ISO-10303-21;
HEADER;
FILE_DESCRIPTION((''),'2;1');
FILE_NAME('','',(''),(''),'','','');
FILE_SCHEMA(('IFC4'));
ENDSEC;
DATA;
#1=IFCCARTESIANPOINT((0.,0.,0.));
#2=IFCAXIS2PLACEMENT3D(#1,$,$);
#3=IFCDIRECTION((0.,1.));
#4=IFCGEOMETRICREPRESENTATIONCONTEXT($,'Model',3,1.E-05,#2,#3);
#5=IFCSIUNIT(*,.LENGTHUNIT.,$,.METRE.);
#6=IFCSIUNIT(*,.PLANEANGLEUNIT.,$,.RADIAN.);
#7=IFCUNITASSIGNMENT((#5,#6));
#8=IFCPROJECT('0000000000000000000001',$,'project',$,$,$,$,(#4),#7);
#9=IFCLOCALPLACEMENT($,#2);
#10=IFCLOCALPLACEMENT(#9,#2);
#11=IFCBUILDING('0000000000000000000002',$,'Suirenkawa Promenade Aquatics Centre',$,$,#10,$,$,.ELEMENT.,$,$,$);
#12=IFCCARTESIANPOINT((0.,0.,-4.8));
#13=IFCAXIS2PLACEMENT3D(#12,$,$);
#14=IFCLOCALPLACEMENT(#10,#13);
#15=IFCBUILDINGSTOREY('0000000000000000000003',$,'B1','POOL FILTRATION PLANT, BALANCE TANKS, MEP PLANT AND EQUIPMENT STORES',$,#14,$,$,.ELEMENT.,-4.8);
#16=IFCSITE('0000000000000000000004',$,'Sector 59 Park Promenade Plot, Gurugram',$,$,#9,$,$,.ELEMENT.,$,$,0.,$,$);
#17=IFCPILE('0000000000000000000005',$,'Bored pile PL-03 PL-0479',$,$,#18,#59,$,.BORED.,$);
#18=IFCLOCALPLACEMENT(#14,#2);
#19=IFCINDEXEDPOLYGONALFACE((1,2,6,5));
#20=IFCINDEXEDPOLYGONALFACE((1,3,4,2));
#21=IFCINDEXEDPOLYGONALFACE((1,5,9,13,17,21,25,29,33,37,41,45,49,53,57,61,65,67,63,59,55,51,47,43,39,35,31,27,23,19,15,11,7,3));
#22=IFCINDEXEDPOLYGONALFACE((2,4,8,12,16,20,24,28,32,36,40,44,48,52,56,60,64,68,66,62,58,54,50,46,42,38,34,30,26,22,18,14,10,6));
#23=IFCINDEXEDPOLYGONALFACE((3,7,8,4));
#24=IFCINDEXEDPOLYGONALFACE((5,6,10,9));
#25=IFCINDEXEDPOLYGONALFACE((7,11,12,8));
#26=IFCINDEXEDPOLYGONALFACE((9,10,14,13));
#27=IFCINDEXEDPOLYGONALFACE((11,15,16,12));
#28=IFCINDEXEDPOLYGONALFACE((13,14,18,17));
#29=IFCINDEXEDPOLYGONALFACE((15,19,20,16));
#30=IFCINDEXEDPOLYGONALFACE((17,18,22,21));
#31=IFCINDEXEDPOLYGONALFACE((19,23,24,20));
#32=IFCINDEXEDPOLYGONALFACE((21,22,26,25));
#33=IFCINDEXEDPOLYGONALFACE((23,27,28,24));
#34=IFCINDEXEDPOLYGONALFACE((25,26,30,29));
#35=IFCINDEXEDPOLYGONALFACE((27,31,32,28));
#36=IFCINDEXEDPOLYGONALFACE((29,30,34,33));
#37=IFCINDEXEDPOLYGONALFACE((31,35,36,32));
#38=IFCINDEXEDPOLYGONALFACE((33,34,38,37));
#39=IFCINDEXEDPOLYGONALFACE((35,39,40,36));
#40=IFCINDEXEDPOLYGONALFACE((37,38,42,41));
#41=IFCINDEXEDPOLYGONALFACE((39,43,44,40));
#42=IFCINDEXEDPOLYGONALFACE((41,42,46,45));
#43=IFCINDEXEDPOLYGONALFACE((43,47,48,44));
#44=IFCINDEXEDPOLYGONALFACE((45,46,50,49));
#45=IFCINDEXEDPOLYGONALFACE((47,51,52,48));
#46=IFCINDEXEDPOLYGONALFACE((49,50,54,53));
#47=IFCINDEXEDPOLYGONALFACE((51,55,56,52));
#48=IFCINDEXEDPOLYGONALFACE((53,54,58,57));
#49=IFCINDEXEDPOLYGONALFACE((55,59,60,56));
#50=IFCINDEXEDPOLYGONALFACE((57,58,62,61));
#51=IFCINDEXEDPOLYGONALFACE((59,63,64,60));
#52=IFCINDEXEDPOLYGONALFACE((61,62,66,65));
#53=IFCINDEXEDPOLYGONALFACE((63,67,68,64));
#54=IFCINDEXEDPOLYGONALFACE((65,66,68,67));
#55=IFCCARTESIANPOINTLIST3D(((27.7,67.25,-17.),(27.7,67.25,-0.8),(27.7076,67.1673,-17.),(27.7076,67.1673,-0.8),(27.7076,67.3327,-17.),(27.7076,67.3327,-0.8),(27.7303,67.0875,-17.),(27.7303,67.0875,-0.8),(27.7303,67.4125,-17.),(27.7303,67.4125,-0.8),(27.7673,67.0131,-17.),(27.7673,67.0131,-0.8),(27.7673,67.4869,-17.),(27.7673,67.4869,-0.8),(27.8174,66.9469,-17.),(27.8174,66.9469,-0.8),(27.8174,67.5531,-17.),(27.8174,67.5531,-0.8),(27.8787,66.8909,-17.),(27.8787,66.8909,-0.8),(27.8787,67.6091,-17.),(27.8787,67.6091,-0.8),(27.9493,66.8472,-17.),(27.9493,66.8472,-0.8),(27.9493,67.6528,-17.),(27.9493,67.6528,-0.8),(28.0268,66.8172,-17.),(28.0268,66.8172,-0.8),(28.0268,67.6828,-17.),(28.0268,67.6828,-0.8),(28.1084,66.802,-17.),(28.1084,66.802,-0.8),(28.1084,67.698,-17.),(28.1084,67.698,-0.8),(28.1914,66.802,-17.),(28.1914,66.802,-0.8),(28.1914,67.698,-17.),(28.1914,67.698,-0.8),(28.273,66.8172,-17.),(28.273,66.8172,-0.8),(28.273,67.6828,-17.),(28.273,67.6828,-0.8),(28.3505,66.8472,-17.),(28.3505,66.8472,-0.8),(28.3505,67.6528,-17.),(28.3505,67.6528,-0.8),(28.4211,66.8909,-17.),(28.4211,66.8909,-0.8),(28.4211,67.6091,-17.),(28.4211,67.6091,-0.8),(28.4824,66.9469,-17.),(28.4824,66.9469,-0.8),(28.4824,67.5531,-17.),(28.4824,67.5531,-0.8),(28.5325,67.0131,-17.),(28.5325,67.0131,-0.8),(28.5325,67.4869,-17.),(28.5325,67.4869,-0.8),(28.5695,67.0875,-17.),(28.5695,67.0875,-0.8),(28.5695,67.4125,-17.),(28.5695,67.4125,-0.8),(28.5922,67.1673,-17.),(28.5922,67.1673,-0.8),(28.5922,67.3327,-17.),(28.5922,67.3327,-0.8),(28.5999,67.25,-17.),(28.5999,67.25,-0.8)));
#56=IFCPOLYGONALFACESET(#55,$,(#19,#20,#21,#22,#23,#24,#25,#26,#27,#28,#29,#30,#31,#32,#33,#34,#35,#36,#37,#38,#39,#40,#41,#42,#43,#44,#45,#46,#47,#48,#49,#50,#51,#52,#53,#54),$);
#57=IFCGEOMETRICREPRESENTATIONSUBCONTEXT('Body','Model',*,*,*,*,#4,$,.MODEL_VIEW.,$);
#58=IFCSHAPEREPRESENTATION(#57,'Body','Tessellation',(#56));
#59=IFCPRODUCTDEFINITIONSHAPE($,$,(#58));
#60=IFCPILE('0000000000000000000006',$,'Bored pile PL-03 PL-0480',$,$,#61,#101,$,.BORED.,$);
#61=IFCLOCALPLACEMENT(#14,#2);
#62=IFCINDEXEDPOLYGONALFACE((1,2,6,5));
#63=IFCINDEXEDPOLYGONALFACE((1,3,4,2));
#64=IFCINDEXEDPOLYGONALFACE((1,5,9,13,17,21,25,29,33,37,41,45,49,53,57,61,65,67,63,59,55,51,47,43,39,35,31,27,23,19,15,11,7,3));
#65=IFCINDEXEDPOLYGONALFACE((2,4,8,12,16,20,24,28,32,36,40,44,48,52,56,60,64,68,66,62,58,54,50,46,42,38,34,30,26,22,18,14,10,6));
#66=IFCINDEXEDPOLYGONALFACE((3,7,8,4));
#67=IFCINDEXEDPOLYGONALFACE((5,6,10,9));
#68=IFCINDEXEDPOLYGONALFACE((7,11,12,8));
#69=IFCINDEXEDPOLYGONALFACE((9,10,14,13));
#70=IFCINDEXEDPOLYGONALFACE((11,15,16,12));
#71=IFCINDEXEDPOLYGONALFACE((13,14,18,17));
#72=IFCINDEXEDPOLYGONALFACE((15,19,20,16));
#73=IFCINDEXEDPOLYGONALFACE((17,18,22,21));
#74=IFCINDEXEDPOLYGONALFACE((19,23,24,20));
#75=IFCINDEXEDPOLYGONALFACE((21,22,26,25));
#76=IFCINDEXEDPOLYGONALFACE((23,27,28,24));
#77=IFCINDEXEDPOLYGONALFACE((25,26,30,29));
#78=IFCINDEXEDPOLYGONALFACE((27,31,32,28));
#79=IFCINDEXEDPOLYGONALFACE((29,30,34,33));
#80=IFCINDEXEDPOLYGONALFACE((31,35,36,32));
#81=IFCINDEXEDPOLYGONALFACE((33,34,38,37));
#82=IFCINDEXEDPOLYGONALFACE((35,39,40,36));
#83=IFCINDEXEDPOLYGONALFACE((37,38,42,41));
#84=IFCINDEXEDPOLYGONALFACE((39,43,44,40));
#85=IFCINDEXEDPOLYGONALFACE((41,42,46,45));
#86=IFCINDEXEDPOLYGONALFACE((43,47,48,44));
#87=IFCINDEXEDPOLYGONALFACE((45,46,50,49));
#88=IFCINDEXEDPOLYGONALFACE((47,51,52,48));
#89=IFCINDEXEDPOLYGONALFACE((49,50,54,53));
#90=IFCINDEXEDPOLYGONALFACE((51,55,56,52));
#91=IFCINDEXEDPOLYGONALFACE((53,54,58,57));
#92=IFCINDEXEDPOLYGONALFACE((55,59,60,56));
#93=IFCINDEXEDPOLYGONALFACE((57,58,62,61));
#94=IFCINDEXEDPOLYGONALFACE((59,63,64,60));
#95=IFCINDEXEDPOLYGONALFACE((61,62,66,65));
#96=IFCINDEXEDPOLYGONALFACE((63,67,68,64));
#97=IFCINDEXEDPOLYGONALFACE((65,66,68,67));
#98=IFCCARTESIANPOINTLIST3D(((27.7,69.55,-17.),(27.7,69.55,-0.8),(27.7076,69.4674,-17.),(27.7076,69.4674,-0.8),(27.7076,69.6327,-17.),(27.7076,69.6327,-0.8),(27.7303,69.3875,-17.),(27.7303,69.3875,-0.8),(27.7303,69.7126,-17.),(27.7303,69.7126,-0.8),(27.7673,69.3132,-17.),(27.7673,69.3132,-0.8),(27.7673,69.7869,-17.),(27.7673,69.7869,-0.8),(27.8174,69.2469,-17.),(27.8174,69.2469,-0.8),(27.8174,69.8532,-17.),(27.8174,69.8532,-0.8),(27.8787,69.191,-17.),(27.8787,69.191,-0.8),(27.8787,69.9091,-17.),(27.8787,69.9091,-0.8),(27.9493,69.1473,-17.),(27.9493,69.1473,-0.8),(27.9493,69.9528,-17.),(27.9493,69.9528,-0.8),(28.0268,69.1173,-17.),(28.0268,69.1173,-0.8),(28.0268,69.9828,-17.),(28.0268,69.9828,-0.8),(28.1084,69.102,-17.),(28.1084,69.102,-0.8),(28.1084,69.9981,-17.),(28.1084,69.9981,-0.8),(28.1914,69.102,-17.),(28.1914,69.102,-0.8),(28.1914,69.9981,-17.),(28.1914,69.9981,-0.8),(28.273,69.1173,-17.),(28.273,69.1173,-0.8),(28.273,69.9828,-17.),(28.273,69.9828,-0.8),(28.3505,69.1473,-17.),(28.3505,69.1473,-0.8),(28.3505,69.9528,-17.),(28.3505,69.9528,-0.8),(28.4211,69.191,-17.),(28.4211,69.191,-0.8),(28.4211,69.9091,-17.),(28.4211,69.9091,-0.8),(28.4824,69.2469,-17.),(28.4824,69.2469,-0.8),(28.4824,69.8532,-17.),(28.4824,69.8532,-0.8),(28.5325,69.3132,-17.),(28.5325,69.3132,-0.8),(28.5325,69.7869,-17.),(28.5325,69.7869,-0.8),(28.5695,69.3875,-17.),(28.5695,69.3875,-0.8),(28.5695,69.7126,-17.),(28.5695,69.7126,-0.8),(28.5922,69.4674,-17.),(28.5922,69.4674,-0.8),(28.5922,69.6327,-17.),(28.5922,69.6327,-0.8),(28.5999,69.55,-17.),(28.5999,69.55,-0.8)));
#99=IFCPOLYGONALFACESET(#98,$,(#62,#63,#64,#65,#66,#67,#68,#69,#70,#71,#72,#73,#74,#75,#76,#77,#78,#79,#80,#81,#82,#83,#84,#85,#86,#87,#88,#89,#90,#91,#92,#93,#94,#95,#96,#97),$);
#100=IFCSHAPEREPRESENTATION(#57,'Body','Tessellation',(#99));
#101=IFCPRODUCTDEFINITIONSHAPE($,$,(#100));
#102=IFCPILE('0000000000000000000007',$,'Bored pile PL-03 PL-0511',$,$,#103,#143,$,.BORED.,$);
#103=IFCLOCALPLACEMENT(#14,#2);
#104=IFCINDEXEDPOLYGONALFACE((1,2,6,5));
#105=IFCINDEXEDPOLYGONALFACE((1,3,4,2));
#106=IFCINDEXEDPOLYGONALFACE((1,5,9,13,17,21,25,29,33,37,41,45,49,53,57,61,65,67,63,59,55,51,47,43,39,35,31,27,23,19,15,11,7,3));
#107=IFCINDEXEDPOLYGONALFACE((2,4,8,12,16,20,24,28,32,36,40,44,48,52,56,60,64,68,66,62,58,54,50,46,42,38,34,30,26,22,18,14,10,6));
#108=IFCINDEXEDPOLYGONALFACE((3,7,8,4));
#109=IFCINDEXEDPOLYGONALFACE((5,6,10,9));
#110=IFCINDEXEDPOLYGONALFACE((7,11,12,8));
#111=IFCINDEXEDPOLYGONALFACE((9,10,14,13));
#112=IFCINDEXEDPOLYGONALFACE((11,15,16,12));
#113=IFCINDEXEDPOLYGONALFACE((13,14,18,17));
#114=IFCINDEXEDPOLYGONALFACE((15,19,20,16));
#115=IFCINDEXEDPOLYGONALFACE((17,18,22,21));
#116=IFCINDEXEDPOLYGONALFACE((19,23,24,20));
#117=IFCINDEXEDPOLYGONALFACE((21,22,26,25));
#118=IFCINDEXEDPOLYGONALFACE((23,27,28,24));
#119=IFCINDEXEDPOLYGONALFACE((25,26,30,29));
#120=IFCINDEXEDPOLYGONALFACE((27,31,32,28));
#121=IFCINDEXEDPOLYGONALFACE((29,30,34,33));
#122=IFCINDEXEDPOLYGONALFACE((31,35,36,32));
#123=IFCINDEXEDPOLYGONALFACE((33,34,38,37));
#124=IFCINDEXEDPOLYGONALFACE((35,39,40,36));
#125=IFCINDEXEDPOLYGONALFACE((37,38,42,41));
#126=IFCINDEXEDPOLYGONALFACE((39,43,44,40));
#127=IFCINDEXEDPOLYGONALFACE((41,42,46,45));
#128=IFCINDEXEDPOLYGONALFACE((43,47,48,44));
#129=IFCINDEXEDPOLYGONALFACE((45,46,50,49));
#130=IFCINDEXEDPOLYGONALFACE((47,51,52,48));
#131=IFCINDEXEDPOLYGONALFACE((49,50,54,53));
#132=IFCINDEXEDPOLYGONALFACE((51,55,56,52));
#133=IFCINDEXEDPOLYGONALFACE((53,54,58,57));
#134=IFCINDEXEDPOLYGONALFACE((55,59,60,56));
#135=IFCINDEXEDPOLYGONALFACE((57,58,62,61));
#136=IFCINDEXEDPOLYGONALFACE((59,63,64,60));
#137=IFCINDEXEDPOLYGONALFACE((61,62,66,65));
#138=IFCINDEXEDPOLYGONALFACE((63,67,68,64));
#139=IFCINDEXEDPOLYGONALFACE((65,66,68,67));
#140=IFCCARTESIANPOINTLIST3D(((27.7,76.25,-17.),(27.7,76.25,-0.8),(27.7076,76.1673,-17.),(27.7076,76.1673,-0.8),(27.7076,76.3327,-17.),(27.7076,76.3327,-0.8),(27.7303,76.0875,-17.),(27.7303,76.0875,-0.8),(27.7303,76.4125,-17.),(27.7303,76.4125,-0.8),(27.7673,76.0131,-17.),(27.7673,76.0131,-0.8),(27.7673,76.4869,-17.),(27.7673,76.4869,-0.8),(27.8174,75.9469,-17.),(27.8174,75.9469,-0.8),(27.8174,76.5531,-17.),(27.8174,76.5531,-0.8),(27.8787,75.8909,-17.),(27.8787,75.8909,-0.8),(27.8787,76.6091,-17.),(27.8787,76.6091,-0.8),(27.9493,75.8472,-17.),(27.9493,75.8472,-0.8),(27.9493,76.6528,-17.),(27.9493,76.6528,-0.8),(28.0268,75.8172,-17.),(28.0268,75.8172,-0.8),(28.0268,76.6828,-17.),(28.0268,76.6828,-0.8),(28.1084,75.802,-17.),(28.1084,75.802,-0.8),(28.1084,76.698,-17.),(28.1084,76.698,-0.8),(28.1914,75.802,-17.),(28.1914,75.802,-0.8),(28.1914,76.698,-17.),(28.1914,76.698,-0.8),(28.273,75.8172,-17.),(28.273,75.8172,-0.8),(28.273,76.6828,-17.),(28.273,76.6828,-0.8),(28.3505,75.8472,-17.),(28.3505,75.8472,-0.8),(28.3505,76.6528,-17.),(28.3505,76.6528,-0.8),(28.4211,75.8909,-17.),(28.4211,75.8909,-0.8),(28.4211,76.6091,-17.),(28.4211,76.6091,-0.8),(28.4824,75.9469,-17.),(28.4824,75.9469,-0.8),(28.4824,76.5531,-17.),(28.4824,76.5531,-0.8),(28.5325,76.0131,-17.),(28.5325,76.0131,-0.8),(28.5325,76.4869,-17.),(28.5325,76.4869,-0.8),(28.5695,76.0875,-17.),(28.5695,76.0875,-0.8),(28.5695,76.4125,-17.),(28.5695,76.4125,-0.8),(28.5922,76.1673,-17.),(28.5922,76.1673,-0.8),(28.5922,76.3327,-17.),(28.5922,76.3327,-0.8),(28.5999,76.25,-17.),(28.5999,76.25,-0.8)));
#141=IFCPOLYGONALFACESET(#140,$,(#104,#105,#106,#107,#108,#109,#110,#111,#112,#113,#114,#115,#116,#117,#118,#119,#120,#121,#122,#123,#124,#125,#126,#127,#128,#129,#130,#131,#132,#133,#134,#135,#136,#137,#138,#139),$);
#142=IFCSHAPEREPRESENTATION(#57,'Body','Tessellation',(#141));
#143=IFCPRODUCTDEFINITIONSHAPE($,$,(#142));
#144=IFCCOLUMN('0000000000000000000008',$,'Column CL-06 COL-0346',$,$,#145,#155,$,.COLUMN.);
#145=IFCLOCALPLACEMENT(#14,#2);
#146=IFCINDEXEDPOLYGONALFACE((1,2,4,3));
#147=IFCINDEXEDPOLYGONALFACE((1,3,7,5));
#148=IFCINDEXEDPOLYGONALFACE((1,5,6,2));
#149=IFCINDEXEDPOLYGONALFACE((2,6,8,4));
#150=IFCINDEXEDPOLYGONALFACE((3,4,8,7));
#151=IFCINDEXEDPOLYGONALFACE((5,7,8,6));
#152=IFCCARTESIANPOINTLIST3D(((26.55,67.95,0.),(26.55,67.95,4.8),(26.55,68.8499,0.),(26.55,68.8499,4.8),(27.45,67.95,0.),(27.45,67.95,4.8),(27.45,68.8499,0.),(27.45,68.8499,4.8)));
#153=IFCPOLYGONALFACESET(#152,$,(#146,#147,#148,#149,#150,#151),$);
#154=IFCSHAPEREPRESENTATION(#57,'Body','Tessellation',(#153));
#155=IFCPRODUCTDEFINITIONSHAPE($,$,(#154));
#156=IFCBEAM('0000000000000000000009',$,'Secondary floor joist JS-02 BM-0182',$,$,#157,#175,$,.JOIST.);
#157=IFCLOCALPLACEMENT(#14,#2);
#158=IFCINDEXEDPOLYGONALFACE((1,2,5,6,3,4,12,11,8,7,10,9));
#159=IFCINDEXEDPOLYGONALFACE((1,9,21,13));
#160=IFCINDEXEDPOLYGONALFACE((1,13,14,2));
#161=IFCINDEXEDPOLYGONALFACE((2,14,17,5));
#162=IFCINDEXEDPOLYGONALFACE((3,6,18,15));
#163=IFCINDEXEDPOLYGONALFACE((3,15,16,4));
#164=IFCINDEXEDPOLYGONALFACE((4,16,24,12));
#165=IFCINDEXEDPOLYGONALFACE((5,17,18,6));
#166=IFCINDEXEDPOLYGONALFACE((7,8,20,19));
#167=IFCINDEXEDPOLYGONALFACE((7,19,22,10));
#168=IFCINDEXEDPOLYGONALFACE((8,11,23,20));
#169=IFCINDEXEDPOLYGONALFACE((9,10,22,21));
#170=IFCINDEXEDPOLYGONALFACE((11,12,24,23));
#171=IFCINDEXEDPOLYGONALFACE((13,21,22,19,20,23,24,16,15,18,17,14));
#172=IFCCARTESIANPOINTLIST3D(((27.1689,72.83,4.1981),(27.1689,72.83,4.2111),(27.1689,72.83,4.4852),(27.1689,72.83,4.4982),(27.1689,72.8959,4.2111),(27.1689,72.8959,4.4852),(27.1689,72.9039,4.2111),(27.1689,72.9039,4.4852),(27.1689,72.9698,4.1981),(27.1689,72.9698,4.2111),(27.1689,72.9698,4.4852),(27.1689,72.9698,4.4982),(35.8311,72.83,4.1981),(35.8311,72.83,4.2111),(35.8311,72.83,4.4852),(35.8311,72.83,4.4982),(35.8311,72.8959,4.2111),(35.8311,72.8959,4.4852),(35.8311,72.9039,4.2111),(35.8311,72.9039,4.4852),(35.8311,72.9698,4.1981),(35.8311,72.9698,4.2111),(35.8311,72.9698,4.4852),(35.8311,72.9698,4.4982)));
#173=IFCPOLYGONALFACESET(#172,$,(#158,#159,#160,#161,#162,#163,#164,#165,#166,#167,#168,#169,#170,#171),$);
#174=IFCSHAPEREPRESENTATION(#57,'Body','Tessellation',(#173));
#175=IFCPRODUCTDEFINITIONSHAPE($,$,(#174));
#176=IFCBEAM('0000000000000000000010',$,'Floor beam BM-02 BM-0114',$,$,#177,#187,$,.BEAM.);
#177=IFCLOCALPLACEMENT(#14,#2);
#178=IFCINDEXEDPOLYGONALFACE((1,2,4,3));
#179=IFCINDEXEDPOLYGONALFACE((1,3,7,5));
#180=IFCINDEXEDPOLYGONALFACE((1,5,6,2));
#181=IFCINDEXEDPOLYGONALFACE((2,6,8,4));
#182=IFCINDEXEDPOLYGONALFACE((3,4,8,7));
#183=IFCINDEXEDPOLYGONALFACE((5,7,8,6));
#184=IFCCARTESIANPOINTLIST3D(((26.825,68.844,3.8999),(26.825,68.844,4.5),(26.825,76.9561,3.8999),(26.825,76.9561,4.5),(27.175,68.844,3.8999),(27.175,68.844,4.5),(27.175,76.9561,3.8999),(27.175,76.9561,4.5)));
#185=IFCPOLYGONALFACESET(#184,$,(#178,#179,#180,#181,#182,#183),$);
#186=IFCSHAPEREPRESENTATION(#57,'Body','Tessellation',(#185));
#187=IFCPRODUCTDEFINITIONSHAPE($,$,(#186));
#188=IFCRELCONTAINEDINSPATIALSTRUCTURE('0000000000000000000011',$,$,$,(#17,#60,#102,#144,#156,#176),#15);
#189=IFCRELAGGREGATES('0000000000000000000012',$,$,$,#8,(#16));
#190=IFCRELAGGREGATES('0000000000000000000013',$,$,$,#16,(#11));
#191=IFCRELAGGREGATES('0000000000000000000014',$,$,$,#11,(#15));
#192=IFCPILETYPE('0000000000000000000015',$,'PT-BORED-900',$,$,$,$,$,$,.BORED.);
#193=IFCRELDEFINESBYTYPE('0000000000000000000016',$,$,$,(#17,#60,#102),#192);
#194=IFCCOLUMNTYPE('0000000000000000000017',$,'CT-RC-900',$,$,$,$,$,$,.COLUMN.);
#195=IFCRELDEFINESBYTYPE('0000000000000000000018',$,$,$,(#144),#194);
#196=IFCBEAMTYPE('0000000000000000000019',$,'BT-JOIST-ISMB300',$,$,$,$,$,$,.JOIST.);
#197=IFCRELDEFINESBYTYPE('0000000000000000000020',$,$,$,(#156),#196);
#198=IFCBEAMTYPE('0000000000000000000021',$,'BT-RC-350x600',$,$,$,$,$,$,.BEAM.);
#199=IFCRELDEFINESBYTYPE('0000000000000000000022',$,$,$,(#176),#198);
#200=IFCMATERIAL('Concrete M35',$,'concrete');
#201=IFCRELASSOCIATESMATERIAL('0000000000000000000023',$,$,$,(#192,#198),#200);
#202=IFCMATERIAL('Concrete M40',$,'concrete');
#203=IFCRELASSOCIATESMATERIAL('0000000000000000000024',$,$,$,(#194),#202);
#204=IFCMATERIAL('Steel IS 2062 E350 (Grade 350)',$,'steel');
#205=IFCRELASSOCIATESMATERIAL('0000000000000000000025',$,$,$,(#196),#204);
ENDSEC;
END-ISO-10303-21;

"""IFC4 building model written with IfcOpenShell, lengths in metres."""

from ifc_helpers import new_model, si_unit, direction, frame, origin, origin_2d, place, context, subcontext, project, spatial, rectangle, circle, i_section, extrude, material, material_profile, profile_set, type_object, element, save


model = new_model("IFC4")

# Units and contexts
model_context = context("Model", 3, precision=1e-05, world=origin(), true_north=direction((0.0, 1.0)))
body_context = subcontext(model_context, "Body", "Model", "MODEL_VIEW")
ifc_project = project(units=[si_unit("LENGTHUNIT", "METRE"), si_unit("PLANEANGLEUNIT", "RADIAN")], contexts=[model_context])

# Site, building, storey
site_placement = place(None, origin())
site = spatial("IfcSite", under=ifc_project, at=site_placement, Name="Sector 59 Park Promenade Plot, Gurugram", CompositionType="ELEMENT", RefElevation=0.0)
building_placement = place(site_placement, origin())
building = spatial("IfcBuilding", under=site, at=building_placement, Name="Suirenkawa Promenade Aquatics Centre", CompositionType="ELEMENT")
storey_placement = place(building_placement, frame((0.0, 0.0, -4.8)))
storey = spatial("IfcBuildingStorey", under=building, at=storey_placement, Name="B1", Description="POOL FILTRATION PLANT, BALANCE TANKS, MEP PLANT AND EQUIPMENT STORES", CompositionType="ELEMENT", Elevation=-4.8)

# Shared definitions
ifc_material_1 = material(Name="Concrete M35", Category="concrete")

# Piles
ifc_material_profile_1 = material_profile(ifc_material_1, circle(Radius=0.45, at=origin_2d()), Name="PILE D900", Category="concrete")
ifc_profile_set_1 = profile_set([ifc_material_profile_1], Name="Concrete M35")
pile_type_1 = type_object("IfcPileType", Name="PT-BORED-900", PredefinedType="BORED", material=ifc_profile_set_1)
for number, where, z_axis, x_axis, name in (
    (1, (28.1499, 67.25, -0.8), (0.0, 0.0, -1.0), (1.0, 0.0, 0.0), "Bored pile PL-03 PL-0479"),
    (2, (28.1499, 69.55, -0.8), (0.0, 0.0, -1.0), (1.0, 0.0, 0.0), "Bored pile PL-03 PL-0480"),
    (3, (28.1499, 76.25, -0.8), (0.0, 0.0, -1.0), (1.0, 0.0, 0.0), "Bored pile PL-03 PL-0511"),
):
    element("IfcPile", number, at=place(storey_placement, frame(where, z_axis=z_axis, x_axis=x_axis)), inside=storey, type_object=pile_type_1, Name=name, PredefinedType="BORED", context=body_context, shape_type="SweptSolid", body=[
        extrude(circle(Radius=0.45, at=origin_2d()), origin(), (0.0, 0.0, 1.0), 16.2),
    ])

# Column
ifc_material_2 = material(Name="Concrete M40", Category="concrete")
ifc_material_profile_2 = material_profile(ifc_material_2, rectangle(XDim=0.8999, YDim=0.8999, at=origin_2d()), Name="RC COL 900x900", Category="concrete")
ifc_profile_set_2 = profile_set([ifc_material_profile_2], Name="Concrete M40")
column_type = type_object("IfcColumnType", Name="CT-RC-900", PredefinedType="COLUMN", material=ifc_profile_set_2)
column_placement = place(storey_placement, frame((27.0, 68.3999, 0.0), z_axis=(0.0, 0.0, 1.0), x_axis=(1.0, 0.0, 0.0)))
element("IfcColumn", 4, at=column_placement, inside=storey, type_object=column_type, Name="Column CL-06 COL-0346", PredefinedType="COLUMN", context=body_context, shape_type="SweptSolid", body=[
    extrude(rectangle(XDim=0.8999, YDim=0.8999, at=origin_2d()), origin(), (0.0, 0.0, 1.0), 4.8),
])

# Beams
ifc_material_3 = material(Name="Steel IS 2062 E350 (Grade 350)", Category="steel")
ifc_material_profile_3 = material_profile(ifc_material_3, i_section(OverallWidth=0.1399, OverallDepth=0.3, WebThickness=0.0081, FlangeThickness=0.0129, at=origin_2d()), Name="ISMB 300", Category="steel")
ifc_profile_set_3 = profile_set([ifc_material_profile_3], Name="Steel IS 2062 E350 (Grade 350)")
beam_type_1 = type_object("IfcBeamType", Name="BT-JOIST-ISMB300", PredefinedType="JOIST", material=ifc_profile_set_3)
beam_1_placement = place(storey_placement, frame((27.1689, 72.8999, 4.3481), z_axis=(1.0, 0.0, 0.0), x_axis=(0.0, 1.0, 0.0)))
element("IfcBeam", 5, at=beam_1_placement, inside=storey, type_object=beam_type_1, Name="Secondary floor joist JS-02 BM-0182", PredefinedType="JOIST", context=body_context, shape_type="SweptSolid", body=[
    extrude(i_section(OverallWidth=0.1399, OverallDepth=0.3, WebThickness=0.0081, FlangeThickness=0.0129, at=origin_2d()), origin(), (0.0, 0.0, 1.0), 8.6621),
])
ifc_material_profile_4 = material_profile(ifc_material_1, rectangle(XDim=0.3501, YDim=0.6001, at=origin_2d()), Name="RC BM 350x600", Category="concrete")
ifc_profile_set_4 = profile_set([ifc_material_profile_4], Name="Concrete M35")
beam_type_2 = type_object("IfcBeamType", Name="BT-RC-350x600", PredefinedType="BEAM", material=ifc_profile_set_4)
beam_2_placement = place(storey_placement, frame((27.0, 68.844, 4.2), z_axis=(0.0, 1.0, 0.0), x_axis=(-1.0, 0.0, 0.0)))
element("IfcBeam", 6, at=beam_2_placement, inside=storey, type_object=beam_type_2, Name="Floor beam BM-02 BM-0114", PredefinedType="BEAM", context=body_context, shape_type="SweptSolid", body=[
    extrude(rectangle(XDim=0.3501, YDim=0.6001, at=origin_2d()), origin(), (0.0, 0.0, 1.0), 8.1121),
])

save(model, "model.ifc")
